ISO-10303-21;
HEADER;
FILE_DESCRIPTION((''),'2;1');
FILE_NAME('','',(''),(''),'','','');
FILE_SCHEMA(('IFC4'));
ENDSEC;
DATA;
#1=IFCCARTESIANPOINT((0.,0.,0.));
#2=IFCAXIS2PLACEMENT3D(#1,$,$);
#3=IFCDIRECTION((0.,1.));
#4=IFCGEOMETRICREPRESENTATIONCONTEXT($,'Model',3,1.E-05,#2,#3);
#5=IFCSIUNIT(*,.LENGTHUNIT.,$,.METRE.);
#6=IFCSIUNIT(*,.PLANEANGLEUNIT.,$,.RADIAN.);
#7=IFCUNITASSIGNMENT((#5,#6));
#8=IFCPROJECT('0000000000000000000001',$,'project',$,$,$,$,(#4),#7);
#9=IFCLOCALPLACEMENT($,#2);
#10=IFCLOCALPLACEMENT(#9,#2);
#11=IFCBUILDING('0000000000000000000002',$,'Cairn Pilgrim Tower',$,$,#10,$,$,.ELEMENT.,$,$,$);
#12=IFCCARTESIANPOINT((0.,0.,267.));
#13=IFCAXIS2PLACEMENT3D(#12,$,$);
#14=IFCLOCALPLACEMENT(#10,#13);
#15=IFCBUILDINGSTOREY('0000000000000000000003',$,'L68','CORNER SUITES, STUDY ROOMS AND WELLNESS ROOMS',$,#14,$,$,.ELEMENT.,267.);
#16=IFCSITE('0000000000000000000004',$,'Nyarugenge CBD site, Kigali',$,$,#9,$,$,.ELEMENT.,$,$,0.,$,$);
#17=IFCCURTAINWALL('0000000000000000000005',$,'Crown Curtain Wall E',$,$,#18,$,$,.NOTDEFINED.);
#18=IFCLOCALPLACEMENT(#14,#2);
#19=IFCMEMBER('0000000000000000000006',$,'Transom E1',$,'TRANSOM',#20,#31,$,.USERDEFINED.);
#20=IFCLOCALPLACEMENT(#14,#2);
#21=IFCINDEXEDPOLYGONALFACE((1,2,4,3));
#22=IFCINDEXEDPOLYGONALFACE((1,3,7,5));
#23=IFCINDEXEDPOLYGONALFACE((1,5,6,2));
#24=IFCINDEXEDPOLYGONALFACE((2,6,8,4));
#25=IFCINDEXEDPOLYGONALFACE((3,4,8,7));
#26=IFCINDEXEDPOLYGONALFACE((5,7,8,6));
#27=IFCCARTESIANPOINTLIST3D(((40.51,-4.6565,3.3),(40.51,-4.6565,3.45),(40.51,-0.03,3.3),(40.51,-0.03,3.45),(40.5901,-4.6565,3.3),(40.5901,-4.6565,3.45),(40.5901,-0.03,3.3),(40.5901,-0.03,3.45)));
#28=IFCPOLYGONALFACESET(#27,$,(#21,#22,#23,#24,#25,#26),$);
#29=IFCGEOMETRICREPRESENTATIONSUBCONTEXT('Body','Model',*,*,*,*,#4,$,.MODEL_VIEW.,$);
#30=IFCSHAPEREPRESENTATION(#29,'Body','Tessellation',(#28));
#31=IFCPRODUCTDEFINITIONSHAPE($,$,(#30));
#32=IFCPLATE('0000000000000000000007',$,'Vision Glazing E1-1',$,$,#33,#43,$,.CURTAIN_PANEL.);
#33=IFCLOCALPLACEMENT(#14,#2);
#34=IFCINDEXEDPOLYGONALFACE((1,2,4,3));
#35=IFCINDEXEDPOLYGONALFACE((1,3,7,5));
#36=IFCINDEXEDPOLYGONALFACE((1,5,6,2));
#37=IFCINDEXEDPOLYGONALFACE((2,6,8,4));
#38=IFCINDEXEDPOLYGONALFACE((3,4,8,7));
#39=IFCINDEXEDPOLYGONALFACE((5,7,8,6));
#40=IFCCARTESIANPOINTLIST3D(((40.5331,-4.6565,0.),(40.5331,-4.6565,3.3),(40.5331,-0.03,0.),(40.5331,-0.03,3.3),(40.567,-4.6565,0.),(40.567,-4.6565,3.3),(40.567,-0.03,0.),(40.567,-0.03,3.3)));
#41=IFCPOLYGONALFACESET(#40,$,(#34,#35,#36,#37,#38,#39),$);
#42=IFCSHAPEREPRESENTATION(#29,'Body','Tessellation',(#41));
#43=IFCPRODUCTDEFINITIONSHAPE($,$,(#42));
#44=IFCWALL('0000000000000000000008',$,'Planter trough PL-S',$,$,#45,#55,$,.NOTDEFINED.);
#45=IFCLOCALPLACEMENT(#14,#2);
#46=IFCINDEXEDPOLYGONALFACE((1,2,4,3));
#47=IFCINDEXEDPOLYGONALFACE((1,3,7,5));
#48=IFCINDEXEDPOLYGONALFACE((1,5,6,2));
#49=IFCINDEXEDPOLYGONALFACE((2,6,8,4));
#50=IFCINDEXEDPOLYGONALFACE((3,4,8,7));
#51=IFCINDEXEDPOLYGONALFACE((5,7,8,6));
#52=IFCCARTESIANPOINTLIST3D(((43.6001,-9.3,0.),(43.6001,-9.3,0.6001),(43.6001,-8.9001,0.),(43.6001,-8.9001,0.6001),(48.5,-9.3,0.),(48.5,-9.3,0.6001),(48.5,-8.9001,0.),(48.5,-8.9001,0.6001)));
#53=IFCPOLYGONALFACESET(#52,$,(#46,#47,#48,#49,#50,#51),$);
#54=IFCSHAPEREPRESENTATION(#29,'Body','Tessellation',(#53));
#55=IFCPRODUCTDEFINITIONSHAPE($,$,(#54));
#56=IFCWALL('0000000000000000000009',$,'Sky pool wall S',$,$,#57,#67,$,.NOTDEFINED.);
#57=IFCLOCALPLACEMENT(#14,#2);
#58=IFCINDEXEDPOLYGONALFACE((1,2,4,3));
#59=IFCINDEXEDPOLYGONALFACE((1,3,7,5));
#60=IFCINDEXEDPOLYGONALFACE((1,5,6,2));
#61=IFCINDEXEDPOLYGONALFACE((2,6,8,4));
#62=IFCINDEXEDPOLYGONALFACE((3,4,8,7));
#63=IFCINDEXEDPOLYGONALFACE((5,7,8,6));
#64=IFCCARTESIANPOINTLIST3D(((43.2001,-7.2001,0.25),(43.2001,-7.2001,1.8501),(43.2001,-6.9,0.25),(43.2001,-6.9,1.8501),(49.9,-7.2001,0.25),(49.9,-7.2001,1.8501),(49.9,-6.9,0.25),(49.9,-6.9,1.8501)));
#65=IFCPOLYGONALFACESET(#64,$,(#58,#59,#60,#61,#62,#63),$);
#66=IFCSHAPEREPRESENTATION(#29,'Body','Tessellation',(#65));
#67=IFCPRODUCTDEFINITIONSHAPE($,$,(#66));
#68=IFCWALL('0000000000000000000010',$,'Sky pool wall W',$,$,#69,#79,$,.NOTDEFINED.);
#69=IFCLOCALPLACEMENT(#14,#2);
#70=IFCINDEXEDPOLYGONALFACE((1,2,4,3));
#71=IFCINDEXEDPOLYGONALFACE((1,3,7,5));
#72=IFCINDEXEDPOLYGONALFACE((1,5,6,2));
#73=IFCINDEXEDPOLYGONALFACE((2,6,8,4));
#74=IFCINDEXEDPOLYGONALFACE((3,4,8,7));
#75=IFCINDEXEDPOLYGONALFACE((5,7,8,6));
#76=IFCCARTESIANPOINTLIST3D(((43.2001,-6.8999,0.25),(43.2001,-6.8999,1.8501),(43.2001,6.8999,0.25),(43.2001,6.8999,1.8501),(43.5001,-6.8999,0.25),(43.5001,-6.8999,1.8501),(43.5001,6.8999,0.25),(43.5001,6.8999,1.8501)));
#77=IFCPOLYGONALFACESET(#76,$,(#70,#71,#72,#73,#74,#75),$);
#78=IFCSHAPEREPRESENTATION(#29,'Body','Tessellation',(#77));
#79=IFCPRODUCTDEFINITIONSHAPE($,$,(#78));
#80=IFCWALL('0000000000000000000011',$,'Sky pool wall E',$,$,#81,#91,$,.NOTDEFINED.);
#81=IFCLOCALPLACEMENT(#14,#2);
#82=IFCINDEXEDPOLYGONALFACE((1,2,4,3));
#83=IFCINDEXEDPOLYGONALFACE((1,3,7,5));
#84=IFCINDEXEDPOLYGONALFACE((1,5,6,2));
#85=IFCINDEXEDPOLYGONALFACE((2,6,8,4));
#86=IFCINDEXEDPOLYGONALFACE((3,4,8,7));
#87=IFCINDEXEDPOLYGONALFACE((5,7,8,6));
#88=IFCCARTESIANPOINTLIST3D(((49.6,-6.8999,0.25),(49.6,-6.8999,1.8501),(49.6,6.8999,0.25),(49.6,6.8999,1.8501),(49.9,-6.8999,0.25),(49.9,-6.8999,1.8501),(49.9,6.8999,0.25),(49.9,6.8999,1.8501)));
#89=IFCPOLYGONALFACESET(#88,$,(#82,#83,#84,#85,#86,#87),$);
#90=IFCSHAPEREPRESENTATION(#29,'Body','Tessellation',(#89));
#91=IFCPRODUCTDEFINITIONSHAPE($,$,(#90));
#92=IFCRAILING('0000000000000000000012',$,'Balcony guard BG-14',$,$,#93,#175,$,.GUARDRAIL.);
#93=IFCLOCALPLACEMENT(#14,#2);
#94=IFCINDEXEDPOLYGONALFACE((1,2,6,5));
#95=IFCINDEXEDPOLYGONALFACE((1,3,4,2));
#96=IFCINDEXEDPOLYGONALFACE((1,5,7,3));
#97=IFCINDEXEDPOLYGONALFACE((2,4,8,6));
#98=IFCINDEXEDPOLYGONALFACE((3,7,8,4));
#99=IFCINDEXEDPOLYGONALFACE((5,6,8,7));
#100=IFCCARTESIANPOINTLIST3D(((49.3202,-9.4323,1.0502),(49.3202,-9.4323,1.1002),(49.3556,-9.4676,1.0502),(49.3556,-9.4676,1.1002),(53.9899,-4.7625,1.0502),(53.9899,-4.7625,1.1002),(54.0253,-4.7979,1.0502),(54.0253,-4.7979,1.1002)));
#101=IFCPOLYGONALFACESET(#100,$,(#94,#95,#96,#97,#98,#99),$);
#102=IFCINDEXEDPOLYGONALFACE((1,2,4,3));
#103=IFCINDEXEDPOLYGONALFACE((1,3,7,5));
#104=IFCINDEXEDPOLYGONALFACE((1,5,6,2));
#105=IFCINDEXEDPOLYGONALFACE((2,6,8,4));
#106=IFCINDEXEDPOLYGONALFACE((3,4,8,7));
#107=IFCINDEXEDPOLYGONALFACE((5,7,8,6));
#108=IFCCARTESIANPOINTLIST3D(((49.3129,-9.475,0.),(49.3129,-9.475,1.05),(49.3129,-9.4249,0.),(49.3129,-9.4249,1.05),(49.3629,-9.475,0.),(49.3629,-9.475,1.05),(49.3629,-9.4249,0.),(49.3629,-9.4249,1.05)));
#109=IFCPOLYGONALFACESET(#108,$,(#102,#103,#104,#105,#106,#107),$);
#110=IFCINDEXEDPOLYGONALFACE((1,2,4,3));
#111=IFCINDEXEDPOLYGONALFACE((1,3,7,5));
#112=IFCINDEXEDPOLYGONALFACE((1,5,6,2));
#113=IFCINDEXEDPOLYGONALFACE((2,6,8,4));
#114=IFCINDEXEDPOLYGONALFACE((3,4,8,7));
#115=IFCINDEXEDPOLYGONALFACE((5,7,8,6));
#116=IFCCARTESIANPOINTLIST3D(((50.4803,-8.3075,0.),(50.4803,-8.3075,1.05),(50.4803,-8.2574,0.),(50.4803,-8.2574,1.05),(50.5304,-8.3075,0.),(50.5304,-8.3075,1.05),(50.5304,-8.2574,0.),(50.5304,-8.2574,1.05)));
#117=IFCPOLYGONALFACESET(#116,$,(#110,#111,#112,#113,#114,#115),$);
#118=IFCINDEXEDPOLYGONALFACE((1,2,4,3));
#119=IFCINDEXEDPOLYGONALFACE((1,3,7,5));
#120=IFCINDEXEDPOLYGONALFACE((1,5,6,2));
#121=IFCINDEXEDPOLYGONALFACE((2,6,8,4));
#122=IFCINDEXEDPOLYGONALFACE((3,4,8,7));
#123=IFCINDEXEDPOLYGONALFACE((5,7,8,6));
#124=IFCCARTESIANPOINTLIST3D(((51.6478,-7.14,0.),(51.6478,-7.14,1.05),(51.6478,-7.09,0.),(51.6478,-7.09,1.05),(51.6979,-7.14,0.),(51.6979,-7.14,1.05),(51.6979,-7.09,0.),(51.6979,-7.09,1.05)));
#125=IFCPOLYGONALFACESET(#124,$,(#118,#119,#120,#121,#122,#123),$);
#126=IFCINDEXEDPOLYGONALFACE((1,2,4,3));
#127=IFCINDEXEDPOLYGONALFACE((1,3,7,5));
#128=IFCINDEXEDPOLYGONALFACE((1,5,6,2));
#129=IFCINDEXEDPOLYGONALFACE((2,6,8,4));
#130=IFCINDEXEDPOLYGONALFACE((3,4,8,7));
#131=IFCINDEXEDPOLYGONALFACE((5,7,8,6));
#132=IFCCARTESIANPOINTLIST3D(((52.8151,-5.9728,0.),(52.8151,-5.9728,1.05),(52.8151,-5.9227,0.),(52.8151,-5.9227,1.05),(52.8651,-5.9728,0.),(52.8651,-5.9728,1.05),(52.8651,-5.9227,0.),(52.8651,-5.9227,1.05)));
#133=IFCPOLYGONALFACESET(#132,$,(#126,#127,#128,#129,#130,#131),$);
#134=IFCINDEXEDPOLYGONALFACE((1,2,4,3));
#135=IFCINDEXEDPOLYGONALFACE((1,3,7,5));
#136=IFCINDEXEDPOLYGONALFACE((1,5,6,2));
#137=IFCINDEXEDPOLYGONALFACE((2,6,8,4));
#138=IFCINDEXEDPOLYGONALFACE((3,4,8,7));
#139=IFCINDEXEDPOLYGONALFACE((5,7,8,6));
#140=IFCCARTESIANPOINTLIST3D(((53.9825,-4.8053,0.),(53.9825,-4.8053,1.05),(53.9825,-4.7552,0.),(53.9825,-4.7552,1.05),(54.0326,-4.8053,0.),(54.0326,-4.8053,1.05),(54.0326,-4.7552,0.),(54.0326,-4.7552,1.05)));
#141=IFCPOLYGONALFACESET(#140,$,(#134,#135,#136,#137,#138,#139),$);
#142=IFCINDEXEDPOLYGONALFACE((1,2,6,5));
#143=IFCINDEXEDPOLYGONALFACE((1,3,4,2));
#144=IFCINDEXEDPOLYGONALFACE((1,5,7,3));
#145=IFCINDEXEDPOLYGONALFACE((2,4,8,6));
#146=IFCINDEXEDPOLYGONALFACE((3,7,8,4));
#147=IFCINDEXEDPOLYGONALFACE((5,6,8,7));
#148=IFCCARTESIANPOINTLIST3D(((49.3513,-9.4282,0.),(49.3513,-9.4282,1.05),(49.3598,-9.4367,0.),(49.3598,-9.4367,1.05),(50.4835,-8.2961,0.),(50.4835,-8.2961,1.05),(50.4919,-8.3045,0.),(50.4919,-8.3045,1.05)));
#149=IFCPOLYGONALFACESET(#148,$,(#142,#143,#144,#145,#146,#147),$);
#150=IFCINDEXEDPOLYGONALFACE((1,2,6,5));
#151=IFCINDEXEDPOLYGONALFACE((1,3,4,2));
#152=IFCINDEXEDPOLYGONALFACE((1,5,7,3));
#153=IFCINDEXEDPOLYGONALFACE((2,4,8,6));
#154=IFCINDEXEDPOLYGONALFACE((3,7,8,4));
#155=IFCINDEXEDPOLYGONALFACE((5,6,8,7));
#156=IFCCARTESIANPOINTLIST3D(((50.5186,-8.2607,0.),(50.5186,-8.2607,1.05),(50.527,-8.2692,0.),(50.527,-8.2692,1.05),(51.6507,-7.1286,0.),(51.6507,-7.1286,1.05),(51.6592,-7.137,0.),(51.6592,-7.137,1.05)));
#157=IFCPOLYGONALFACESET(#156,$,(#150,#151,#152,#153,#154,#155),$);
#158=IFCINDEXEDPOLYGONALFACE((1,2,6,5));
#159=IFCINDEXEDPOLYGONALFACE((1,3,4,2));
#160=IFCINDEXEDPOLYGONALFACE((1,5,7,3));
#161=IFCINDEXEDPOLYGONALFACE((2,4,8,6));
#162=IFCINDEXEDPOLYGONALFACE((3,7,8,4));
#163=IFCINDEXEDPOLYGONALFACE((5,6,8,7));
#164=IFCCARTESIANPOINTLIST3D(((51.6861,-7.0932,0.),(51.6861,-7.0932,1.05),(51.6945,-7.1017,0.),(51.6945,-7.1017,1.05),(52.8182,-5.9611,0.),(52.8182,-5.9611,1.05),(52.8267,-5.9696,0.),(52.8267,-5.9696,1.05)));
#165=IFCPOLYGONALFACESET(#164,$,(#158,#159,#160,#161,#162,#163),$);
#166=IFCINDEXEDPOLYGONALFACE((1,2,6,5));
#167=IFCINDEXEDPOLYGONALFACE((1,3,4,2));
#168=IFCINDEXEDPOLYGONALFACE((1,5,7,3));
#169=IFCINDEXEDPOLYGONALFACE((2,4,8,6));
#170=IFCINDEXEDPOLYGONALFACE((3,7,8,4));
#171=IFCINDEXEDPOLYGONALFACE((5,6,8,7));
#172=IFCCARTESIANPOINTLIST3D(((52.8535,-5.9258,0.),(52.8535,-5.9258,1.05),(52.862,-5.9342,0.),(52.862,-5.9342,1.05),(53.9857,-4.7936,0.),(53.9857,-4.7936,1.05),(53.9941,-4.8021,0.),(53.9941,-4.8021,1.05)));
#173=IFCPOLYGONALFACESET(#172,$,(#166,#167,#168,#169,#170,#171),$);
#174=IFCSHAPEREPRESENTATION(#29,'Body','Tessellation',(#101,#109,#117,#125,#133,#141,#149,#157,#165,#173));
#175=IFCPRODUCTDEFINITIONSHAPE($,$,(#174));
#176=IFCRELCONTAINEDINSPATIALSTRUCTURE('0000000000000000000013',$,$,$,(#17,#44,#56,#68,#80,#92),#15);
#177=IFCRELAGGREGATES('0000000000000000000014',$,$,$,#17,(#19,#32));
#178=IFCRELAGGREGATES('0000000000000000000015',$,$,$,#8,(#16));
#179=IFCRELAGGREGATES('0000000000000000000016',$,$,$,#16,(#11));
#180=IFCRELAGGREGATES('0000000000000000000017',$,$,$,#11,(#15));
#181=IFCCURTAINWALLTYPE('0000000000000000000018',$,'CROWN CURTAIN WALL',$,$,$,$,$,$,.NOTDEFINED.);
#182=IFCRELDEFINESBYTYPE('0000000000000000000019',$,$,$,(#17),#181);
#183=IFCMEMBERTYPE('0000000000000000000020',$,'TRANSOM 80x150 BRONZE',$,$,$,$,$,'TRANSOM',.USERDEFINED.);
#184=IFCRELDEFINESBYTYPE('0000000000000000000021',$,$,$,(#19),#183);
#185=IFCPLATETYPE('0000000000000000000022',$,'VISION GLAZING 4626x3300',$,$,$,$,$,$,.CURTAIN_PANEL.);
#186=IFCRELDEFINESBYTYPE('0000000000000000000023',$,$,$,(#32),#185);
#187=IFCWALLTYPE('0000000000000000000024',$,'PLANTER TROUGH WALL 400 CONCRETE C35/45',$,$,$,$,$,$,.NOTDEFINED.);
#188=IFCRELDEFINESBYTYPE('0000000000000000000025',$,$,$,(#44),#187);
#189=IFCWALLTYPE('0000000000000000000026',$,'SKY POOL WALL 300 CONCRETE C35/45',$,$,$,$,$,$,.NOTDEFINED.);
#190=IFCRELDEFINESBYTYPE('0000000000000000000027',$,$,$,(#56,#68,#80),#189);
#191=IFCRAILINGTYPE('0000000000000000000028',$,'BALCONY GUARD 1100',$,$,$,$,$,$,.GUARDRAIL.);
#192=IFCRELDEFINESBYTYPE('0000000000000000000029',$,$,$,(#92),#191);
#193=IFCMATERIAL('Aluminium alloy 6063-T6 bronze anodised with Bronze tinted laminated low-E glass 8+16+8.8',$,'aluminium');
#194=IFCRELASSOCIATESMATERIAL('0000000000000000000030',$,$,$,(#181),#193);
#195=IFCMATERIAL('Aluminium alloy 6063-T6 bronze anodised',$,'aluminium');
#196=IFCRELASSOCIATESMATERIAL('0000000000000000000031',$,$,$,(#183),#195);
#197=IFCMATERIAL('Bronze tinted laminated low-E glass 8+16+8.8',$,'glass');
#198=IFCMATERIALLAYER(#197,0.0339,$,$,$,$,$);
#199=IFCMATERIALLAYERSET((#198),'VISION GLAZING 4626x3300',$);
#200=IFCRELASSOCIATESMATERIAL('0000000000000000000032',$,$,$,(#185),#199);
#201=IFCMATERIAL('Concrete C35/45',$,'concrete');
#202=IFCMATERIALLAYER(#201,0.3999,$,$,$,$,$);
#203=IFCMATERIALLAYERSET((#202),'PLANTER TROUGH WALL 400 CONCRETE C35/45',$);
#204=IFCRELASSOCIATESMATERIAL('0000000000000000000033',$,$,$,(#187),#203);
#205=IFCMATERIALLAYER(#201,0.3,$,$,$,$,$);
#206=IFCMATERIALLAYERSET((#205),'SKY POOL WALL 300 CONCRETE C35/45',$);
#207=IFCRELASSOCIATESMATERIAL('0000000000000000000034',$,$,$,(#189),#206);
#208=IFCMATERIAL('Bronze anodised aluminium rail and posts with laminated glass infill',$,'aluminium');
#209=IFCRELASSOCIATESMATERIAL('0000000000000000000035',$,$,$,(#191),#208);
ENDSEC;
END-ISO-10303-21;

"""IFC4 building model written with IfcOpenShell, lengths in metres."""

from ifc_helpers import new_model, si_unit, direction, frame, frame_2d, origin, origin_2d, place, context, subcontext, project, spatial, polyline, rectangle, outline, extrude, material, layer, layer_set, material_profile, profile_set, type_object, element, aggregate, save


model = new_model("IFC4")

# Units and contexts
model_context = context("Model", 3, precision=1e-05, world=origin(), true_north=direction((0.0, 1.0)))
body_context = subcontext(model_context, "Body", "Model", "MODEL_VIEW")
ifc_project = project(units=[si_unit("LENGTHUNIT", "METRE"), si_unit("PLANEANGLEUNIT", "RADIAN")], contexts=[model_context])

# Site, building, storey
site_placement = place(None, origin())
site = spatial("IfcSite", under=ifc_project, at=site_placement, Name="Nyarugenge CBD site, Kigali", CompositionType="ELEMENT", RefElevation=0.0)
building_placement = place(site_placement, origin())
building = spatial("IfcBuilding", under=site, at=building_placement, Name="Cairn Pilgrim Tower", CompositionType="ELEMENT")
storey_placement = place(building_placement, frame((0.0, 0.0, 267.0)))
storey = spatial("IfcBuildingStorey", under=building, at=storey_placement, Name="L68", Description="CORNER SUITES, STUDY ROOMS AND WELLNESS ROOMS", CompositionType="ELEMENT", Elevation=267.0)

# Curtain wall
ifc_material_1 = material(Name="Aluminium alloy 6063-T6 bronze anodised with Bronze tinted laminated low-E glass 8+16+8.8", Category="aluminium")
curtain_wall_type = type_object("IfcCurtainWallType", Name="CROWN CURTAIN WALL", PredefinedType="NOTDEFINED", material=ifc_material_1)
curtain_wall_placement = place(storey_placement, origin())
curtain_wall = element("IfcCurtainWall", 1, at=curtain_wall_placement, inside=storey, type_object=curtain_wall_type, Name="Crown Curtain Wall E", PredefinedType="NOTDEFINED")
ifc_material_2 = material(Name="Aluminium alloy 6063-T6 bronze anodised", Category="aluminium")

# Member
ifc_material_profile_1 = material_profile(ifc_material_2, rectangle(XDim=0.0801, YDim=0.1499, at=origin_2d()), Name="TRANSOM 80x150 BRONZE")
ifc_profile_set_1 = profile_set([ifc_material_profile_1], Name="Aluminium alloy 6063-T6 bronze anodised")
member_type_1 = type_object("IfcMemberType", Name="TRANSOM 80x150 BRONZE", ElementType="TRANSOM", PredefinedType="USERDEFINED", material=ifc_profile_set_1)
member_1_placement = place(storey_placement, frame((40.55, -4.6565, 3.375), z_axis=(0.0, 1.0, 0.0), x_axis=(-1.0, 0.0, 0.0)))
member_1 = element("IfcMember", 2, at=member_1_placement, type_object=member_type_1, Name="Transom E1", ObjectType="TRANSOM", PredefinedType="USERDEFINED", context=body_context, shape_type="SweptSolid", body=[
    extrude(rectangle(XDim=0.0801, YDim=0.1499, at=origin_2d()), origin(), (0.0, 0.0, 1.0), 4.6265),
])

# Plate
ifc_material_3 = material(Name="Bronze tinted laminated low-E glass 8+16+8.8", Category="glass")
ifc_layer_1 = layer(ifc_material_3, 0.0339)
ifc_layer_set_1 = layer_set([ifc_layer_1], Name="VISION GLAZING 4626x3300")
plate_type = type_object("IfcPlateType", Name="VISION GLAZING 4626x3300", PredefinedType="CURTAIN_PANEL", material=ifc_layer_set_1)
plate_placement = place(storey_placement, frame((40.55, -2.3433, 0.0), z_axis=(0.0, 0.0, 1.0), x_axis=(0.0, 1.0, 0.0)))
plate = element("IfcPlate", 3, at=plate_placement, type_object=plate_type, Name="Vision Glazing E1-1", PredefinedType="CURTAIN_PANEL", context=body_context, shape_type="SweptSolid", body=[
    extrude(rectangle(XDim=4.6265, YDim=0.0339, at=origin_2d()), origin(), (0.0, 0.0, 1.0), 3.3),
])
aggregate(curtain_wall, [member_1, plate])

# Walls
ifc_material_4 = material(Name="Concrete C35/45", Category="concrete")
ifc_layer_2 = layer(ifc_material_4, 0.3999)
ifc_layer_set_2 = layer_set([ifc_layer_2], Name="PLANTER TROUGH WALL 400 CONCRETE C35/45")
wall_type_1 = type_object("IfcWallType", Name="PLANTER TROUGH WALL 400 CONCRETE C35/45", PredefinedType="NOTDEFINED", material=ifc_layer_set_2)
wall_1_placement = place(storey_placement, frame((43.6001, -9.1001, 0.0), z_axis=(0.0, 0.0, 1.0), x_axis=(1.0, 0.0, 0.0)))
element("IfcWall", 4, at=wall_1_placement, inside=storey, type_object=wall_type_1, Name="Planter trough PL-S", PredefinedType="NOTDEFINED", context=body_context, shape_type="SweptSolid", body=[
    extrude(rectangle(XDim=4.8999, YDim=0.3999, at=frame_2d((2.45, 0.0))), origin(), (0.0, 0.0, 1.0), 0.6001),
])
ifc_layer_3 = layer(ifc_material_4, 0.3)
ifc_layer_set_3 = layer_set([ifc_layer_3], Name="SKY POOL WALL 300 CONCRETE C35/45")
wall_type_2 = type_object("IfcWallType", Name="SKY POOL WALL 300 CONCRETE C35/45", PredefinedType="NOTDEFINED", material=ifc_layer_set_3)
wall_2_placement = place(storey_placement, frame((43.2, -7.05, 0.25), z_axis=(0.0, 0.0, 1.0), x_axis=(1.0, 0.0, 0.0)))
element("IfcWall", 5, at=wall_2_placement, inside=storey, type_object=wall_type_2, Name="Sky pool wall S", PredefinedType="NOTDEFINED", context=body_context, shape_type="SweptSolid", body=[
    extrude(rectangle(XDim=6.7, YDim=0.3, at=frame_2d((3.3501, 0.0))), origin(), (0.0, 0.0, 1.0), 1.6001),
])
for number, where, z_axis, x_axis, name in (
    (6, (43.3501, -6.8999, 0.25), (0.0, 0.0, 1.0), (0.0, 1.0, 0.0), "Sky pool wall W"),
    (7, (49.75, -6.8999, 0.25), (0.0, 0.0, 1.0), (0.0, 1.0, 0.0), "Sky pool wall E"),
):
    element("IfcWall", number, at=place(storey_placement, frame(where, z_axis=z_axis, x_axis=x_axis)), inside=storey, type_object=wall_type_2, Name=name, PredefinedType="NOTDEFINED", context=body_context, shape_type="SweptSolid", body=[
        extrude(rectangle(XDim=13.7998, YDim=0.3, at=frame_2d((6.8999, 0.0))), origin(), (0.0, 0.0, 1.0), 1.6001),
    ])

# Railing
ifc_material_5 = material(Name="Bronze anodised aluminium rail and posts with laminated glass infill", Category="aluminium")
railing_type = type_object("IfcRailingType", Name="BALCONY GUARD 1100", PredefinedType="GUARDRAIL", material=ifc_material_5)
railing_1_placement = place(storey_placement, frame((49.3379, -9.45, 0.0)))
element("IfcRailing", 8, at=railing_1_placement, inside=storey, type_object=railing_type, Name="Balcony guard BG-14", PredefinedType="GUARDRAIL", context=body_context, shape_type="SweptSolid", body=[
    extrude(rectangle(XDim=0.05, YDim=0.05, at=origin_2d()), frame((0.0, 0.0, 1.0752), z_axis=(0.707107, 0.707107, 0.0), x_axis=(-0.707107, 0.707107, 0.0)), (0.0, 0.0, 1.0), 6.604),
    extrude(rectangle(XDim=0.05, YDim=0.05, at=origin_2d()), origin(), (0.0, 0.0, 1.0), 1.05),
    extrude(rectangle(XDim=0.05, YDim=0.05, at=origin_2d()), frame((1.1675, 1.1675, 0.0)), (0.0, 0.0, 1.0), 1.05),
    extrude(rectangle(XDim=0.05, YDim=0.05, at=origin_2d()), frame((2.335, 2.335, 0.0)), (0.0, 0.0, 1.0), 1.05),
    extrude(rectangle(XDim=0.05, YDim=0.05, at=origin_2d()), frame((3.5022, 3.5022, 0.0)), (0.0, 0.0, 1.0), 1.05),
    extrude(rectangle(XDim=0.05, YDim=0.05, at=origin_2d()), frame((4.6697, 4.6697, 0.0)), (0.0, 0.0, 1.0), 1.05),
    extrude(outline(polyline([(0.0249, 0.0), (1.626, 0.0), (1.626, 1.05), (0.0249, 1.05), (0.0249, 0.0)])), frame((-0.0042, 0.0042, 0.0), z_axis=(0.707107, -0.707107, 0.0), x_axis=(0.707107, 0.707107, 0.0)), (0.0, 0.0, 1.0), 0.012),
    extrude(outline(polyline([(0.0249, 0.0), (1.626, 0.0), (1.626, 1.05), (0.0249, 1.05), (0.0249, 0.0)])), frame((1.1631, 1.1716, 0.0), z_axis=(0.707107, -0.707107, 0.0), x_axis=(0.707107, 0.707107, 0.0)), (0.0, 0.0, 1.0), 0.012),
    extrude(outline(polyline([(0.0249, 0.0), (1.626, 0.0), (1.626, 1.05), (0.0249, 1.05), (0.0249, 0.0)])), frame((2.3306, 2.3391, 0.0), z_axis=(0.707107, -0.707107, 0.0), x_axis=(0.707107, 0.707107, 0.0)), (0.0, 0.0, 1.0), 0.012),
    extrude(outline(polyline([(0.0249, 0.0), (1.626, 0.0), (1.626, 1.05), (0.0249, 1.05), (0.0249, 0.0)])), frame((3.498, 3.5066, 0.0), z_axis=(0.707107, -0.707107, 0.0), x_axis=(0.707107, 0.707107, 0.0)), (0.0, 0.0, 1.0), 0.012),
])

save(model, "model.ifc")
